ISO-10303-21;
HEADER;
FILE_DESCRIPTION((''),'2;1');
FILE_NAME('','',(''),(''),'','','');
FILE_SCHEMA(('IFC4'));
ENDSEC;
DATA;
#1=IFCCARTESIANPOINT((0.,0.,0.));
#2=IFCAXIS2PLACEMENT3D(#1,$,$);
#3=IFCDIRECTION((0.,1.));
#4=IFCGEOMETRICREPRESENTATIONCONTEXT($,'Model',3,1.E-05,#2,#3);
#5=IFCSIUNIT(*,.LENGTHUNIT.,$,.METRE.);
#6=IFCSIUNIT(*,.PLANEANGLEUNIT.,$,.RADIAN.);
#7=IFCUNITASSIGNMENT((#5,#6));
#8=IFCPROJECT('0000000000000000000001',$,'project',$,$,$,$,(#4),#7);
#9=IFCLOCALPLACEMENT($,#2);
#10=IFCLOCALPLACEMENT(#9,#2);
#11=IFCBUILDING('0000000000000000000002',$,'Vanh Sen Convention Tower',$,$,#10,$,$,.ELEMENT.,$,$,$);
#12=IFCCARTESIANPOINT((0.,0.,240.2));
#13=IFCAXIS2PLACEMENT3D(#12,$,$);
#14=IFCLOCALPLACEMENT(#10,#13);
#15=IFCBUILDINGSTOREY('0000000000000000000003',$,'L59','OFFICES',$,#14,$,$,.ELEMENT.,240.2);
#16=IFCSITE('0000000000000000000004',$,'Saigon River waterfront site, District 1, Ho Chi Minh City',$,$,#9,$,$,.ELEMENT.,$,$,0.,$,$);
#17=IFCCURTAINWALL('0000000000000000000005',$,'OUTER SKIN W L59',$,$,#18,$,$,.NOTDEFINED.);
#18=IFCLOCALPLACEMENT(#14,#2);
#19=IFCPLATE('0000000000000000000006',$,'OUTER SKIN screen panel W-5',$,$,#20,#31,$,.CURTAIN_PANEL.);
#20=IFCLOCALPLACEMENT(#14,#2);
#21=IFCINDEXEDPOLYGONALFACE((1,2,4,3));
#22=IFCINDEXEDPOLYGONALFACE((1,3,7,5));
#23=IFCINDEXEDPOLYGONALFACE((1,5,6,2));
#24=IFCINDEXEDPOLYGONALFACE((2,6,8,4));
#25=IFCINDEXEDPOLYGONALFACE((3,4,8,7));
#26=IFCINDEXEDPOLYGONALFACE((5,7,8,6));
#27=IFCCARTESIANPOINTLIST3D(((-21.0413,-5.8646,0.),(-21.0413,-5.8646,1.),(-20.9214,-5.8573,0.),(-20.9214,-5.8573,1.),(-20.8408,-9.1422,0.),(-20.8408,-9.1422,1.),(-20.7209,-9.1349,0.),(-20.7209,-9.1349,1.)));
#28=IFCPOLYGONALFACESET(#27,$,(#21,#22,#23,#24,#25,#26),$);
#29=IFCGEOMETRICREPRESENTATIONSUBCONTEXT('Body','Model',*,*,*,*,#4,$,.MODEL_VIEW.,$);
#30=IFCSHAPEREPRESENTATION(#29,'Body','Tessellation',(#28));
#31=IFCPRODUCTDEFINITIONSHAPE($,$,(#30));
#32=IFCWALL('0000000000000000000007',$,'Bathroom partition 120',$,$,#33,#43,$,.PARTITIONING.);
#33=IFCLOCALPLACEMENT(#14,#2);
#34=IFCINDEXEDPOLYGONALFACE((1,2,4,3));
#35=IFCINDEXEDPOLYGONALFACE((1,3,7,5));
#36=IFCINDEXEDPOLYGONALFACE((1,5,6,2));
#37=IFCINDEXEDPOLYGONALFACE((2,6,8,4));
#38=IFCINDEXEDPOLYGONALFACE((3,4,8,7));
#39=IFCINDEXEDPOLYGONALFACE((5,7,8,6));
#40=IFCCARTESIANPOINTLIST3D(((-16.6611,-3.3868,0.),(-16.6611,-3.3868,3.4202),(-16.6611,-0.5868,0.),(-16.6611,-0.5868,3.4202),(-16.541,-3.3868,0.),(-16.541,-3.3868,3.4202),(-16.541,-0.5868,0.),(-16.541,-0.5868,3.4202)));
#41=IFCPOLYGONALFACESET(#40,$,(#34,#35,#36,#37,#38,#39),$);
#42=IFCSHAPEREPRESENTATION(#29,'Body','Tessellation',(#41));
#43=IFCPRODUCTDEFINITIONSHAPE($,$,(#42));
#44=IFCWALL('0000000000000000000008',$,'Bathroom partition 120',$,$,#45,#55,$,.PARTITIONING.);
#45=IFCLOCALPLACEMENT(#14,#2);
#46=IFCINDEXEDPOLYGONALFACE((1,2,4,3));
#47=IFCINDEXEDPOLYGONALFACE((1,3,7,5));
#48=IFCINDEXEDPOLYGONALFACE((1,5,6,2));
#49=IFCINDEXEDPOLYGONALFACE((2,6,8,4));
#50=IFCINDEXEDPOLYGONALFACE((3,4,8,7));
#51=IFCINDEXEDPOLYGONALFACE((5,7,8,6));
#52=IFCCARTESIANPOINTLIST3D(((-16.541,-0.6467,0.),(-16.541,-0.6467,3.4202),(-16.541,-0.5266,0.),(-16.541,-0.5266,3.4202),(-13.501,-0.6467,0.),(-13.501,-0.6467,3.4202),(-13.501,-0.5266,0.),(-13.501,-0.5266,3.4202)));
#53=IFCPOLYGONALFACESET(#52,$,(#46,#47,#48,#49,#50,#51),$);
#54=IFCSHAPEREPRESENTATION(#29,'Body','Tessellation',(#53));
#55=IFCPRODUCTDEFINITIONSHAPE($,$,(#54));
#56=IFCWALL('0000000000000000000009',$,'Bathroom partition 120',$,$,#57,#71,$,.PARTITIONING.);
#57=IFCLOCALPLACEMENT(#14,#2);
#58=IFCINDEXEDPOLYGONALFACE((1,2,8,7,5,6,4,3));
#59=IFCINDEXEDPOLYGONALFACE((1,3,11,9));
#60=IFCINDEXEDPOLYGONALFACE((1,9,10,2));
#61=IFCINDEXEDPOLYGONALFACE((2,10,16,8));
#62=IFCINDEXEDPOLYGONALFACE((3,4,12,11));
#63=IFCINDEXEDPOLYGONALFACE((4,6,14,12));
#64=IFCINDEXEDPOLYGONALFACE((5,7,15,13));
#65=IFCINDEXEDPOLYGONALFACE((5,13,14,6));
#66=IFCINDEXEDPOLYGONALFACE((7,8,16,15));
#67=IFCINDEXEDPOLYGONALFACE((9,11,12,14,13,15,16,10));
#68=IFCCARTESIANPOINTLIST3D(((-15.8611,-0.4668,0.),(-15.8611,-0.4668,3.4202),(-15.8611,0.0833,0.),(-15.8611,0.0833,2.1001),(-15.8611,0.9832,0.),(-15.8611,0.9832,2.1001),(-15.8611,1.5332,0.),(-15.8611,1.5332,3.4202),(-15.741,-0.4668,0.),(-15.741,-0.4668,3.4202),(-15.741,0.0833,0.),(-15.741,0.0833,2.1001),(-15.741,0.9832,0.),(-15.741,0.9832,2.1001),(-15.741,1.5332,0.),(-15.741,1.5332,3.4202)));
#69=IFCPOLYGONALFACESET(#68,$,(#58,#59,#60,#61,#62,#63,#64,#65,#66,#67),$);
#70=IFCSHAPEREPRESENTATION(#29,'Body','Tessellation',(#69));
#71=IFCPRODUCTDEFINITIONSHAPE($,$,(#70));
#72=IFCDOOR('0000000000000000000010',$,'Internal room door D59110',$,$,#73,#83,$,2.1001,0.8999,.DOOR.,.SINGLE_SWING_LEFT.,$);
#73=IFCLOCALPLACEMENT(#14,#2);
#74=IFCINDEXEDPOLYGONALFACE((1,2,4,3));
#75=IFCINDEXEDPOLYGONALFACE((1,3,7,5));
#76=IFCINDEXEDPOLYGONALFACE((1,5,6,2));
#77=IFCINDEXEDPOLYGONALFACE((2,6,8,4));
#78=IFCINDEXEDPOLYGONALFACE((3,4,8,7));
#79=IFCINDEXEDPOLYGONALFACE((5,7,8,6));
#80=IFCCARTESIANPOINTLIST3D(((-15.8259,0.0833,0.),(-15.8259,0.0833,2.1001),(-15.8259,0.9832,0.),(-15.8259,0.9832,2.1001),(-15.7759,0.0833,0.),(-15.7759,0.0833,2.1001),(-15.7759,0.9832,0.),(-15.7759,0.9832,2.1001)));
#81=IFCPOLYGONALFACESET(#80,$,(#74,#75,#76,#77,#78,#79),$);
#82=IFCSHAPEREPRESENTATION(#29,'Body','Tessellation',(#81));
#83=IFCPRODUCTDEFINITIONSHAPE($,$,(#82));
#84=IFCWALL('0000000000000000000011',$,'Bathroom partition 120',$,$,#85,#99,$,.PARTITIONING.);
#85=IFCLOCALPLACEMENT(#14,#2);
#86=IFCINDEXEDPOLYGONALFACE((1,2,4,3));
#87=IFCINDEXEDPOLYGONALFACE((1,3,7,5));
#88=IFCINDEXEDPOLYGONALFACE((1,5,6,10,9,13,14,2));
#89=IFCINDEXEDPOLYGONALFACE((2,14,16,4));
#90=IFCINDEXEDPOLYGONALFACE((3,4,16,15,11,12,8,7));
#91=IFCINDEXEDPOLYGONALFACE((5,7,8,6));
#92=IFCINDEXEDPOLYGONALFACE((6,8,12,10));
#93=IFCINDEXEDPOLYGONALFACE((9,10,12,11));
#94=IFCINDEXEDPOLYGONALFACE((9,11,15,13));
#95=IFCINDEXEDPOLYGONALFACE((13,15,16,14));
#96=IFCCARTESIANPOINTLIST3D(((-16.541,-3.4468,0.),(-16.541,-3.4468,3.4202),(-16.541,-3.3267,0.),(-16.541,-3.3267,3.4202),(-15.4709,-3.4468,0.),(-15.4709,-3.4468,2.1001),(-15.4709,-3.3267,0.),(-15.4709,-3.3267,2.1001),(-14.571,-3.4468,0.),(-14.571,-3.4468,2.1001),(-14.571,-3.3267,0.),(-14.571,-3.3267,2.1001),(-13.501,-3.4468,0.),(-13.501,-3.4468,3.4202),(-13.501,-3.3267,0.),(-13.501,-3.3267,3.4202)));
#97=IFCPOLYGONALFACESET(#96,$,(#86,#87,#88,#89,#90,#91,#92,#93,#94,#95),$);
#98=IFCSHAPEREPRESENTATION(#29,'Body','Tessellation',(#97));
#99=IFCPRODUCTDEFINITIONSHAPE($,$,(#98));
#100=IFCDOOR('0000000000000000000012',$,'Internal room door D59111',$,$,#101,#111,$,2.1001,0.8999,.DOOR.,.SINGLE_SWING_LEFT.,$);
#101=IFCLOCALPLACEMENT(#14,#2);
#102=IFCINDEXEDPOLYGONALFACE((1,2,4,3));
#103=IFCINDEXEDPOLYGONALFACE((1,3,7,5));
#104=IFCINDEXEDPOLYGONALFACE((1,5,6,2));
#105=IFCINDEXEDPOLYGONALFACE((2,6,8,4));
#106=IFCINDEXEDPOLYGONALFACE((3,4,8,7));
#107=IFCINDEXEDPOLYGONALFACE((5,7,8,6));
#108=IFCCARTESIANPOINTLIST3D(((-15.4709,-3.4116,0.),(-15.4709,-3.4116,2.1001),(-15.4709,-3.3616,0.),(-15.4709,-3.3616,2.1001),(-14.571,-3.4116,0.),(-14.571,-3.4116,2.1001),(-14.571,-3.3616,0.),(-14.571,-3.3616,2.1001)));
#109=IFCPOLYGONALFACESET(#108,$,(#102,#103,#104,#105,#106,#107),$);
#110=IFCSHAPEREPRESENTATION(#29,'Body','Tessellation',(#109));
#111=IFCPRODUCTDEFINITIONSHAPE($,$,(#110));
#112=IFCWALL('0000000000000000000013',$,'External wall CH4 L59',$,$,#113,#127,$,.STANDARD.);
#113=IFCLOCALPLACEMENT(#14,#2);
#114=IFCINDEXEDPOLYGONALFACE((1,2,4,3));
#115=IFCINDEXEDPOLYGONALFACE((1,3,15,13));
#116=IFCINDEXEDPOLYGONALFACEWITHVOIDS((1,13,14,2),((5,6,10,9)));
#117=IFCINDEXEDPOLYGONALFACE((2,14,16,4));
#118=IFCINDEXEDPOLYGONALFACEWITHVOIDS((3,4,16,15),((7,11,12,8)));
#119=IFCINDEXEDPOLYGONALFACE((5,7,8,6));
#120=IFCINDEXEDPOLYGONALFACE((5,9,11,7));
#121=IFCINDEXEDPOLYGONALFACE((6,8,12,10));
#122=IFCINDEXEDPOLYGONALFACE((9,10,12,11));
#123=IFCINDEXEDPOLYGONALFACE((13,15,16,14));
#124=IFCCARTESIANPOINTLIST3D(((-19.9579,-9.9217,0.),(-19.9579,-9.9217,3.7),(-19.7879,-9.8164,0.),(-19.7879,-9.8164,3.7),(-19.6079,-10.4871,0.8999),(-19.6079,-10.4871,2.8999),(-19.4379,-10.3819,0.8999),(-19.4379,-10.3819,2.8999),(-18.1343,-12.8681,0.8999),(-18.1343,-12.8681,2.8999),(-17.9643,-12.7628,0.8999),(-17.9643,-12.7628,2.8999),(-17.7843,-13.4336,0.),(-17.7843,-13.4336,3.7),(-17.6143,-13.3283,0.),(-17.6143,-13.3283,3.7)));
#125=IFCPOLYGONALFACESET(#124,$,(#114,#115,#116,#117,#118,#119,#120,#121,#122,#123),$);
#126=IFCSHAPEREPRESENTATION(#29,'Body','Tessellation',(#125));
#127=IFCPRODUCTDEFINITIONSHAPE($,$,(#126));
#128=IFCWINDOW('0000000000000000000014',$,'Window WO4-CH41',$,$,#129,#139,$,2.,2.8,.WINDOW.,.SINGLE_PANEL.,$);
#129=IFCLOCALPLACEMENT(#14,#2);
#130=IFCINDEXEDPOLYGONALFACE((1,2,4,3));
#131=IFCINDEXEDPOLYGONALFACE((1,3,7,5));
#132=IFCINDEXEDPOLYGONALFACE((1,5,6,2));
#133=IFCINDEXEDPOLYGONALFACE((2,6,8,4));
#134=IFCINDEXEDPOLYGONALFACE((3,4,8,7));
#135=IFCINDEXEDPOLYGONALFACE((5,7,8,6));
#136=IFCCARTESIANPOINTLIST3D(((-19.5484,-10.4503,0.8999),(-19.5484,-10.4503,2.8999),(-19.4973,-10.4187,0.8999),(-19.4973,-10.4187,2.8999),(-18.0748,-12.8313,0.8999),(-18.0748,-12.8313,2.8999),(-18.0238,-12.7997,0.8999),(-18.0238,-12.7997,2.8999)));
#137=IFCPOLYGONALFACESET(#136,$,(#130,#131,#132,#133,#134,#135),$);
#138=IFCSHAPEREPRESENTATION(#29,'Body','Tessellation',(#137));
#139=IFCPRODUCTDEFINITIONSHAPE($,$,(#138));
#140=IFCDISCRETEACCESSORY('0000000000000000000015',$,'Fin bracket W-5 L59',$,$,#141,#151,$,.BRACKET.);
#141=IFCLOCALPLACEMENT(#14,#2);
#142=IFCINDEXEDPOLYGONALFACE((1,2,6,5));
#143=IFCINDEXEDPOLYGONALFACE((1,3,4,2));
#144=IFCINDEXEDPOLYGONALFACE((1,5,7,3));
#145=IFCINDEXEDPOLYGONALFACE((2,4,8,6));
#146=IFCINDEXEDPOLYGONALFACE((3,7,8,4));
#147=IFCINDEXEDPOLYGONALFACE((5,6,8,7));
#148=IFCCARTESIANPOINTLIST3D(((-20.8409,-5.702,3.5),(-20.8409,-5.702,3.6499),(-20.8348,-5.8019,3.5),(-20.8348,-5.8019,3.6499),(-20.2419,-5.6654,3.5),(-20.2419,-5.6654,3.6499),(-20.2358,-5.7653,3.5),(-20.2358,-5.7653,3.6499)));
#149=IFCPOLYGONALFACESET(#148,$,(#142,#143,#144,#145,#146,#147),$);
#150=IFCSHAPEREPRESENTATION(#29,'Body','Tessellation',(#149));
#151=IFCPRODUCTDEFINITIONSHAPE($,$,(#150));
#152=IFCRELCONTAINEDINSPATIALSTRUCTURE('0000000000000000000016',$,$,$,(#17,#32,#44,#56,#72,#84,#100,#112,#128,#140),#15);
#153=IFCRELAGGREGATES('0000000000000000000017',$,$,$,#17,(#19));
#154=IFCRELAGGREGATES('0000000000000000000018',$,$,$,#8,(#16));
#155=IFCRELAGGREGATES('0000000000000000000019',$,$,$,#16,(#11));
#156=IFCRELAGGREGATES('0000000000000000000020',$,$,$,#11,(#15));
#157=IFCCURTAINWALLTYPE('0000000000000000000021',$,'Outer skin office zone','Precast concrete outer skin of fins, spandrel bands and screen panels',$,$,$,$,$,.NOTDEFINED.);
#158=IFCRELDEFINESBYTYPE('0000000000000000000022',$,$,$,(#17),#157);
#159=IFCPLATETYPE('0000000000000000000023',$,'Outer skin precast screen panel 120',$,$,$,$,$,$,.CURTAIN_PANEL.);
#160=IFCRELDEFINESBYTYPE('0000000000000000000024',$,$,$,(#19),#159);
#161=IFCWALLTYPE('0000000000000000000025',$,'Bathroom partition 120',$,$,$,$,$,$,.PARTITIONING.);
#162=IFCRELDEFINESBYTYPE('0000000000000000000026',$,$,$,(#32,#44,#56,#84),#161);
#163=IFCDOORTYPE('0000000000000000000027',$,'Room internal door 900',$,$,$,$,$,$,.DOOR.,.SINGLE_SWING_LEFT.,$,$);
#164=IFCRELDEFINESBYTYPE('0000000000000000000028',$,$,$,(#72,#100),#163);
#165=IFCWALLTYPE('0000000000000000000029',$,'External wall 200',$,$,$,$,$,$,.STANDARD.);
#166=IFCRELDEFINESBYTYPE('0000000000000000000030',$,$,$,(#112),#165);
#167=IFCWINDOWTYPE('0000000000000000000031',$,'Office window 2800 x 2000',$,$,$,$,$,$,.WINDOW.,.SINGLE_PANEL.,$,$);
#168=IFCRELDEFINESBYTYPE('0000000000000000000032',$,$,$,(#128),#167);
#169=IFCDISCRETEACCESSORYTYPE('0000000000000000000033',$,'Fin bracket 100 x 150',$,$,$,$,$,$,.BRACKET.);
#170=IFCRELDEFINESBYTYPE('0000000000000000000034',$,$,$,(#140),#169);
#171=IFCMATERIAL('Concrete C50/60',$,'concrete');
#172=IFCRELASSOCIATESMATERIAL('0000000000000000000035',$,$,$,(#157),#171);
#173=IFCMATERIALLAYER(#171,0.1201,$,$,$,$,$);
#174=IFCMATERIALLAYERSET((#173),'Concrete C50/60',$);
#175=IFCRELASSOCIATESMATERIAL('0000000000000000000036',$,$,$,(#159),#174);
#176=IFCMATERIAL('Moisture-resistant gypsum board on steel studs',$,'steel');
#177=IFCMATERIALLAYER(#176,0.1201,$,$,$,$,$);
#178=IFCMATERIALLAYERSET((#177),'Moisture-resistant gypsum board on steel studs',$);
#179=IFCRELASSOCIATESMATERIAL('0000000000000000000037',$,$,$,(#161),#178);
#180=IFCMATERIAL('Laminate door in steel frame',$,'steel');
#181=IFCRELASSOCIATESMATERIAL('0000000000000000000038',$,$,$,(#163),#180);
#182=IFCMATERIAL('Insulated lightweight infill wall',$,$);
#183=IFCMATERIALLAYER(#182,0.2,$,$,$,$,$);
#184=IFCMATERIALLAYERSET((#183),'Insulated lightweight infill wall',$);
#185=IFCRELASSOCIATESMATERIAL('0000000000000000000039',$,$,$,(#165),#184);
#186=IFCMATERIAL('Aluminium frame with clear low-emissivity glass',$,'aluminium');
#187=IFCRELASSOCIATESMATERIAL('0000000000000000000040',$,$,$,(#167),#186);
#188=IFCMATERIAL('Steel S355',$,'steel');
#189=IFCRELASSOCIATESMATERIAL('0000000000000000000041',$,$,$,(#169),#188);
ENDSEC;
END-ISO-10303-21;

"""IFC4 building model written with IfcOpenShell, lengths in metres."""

from ifc_helpers import new_model, si_unit, direction, frame, frame_2d, origin, origin_2d, place, context, subcontext, project, spatial, rectangle, extrude, material, layer, layer_set, type_object, element, fill, aggregate, save


model = new_model("IFC4")

# Units and contexts
model_context = context("Model", 3, precision=1e-05, world=origin(), true_north=direction((0.0, 1.0)))
body_context = subcontext(model_context, "Body", "Model", "MODEL_VIEW")
ifc_project = project(units=[si_unit("LENGTHUNIT", "METRE"), si_unit("PLANEANGLEUNIT", "RADIAN")], contexts=[model_context])

# Site, building, storey
site_placement = place(None, origin())
site = spatial("IfcSite", under=ifc_project, at=site_placement, Name="Saigon River waterfront site, District 1, Ho Chi Minh City", CompositionType="ELEMENT", RefElevation=0.0)
building_placement = place(site_placement, origin())
building = spatial("IfcBuilding", under=site, at=building_placement, Name="Vanh Sen Convention Tower", CompositionType="ELEMENT")
storey_placement = place(building_placement, frame((0.0, 0.0, 240.2)))
storey = spatial("IfcBuildingStorey", under=building, at=storey_placement, Name="L59", Description="OFFICES", CompositionType="ELEMENT", Elevation=240.2)

# Curtain wall
ifc_material_1 = material(Name="Concrete C50/60", Category="concrete")
curtain_wall_type = type_object("IfcCurtainWallType", Name="Outer skin office zone", Description="Precast concrete outer skin of fins, spandrel bands and screen panels", PredefinedType="NOTDEFINED", material=ifc_material_1)
curtain_wall_1_placement = place(storey_placement, origin())
curtain_wall_1 = element("IfcCurtainWall", 1, at=curtain_wall_1_placement, inside=storey, type_object=curtain_wall_type, Name="OUTER SKIN W L59", PredefinedType="NOTDEFINED")

# Plate
ifc_layer_1 = layer(ifc_material_1, 0.1201)
ifc_layer_set_1 = layer_set([ifc_layer_1], Name="Concrete C50/60")
plate_type = type_object("IfcPlateType", Name="Outer skin precast screen panel 120", PredefinedType="CURTAIN_PANEL", material=ifc_layer_set_1)
plate_1_placement = place(storey_placement, frame((-20.8811, -7.4998, 0.0), z_axis=(0.0, 0.0, 1.0), x_axis=(0.061069, -0.998134, 0.0)))
plate_1 = element("IfcPlate", 2, at=plate_1_placement, type_object=plate_type, Name="OUTER SKIN screen panel W-5", PredefinedType="CURTAIN_PANEL", context=body_context, shape_type="SweptSolid", body=[
    extrude(rectangle(XDim=3.2837, YDim=0.1201, at=origin_2d()), origin(), (0.0, 0.0, 1.0), 1.0),
])
aggregate(curtain_wall_1, [plate_1])

# Walls
ifc_material_2 = material(Name="Moisture-resistant gypsum board on steel studs", Category="steel")
ifc_layer_2 = layer(ifc_material_2, 0.1201)
ifc_layer_set_2 = layer_set([ifc_layer_2], Name="Moisture-resistant gypsum board on steel studs")
wall_type_1 = type_object("IfcWallType", Name="Bathroom partition 120", PredefinedType="PARTITIONING", material=ifc_layer_set_2)
wall_1_placement = place(storey_placement, frame((-16.6011, -3.3867, 0.0), z_axis=(0.0, 0.0, 1.0), x_axis=(0.0, 1.0, 0.0)))
element("IfcWall", 3, at=wall_1_placement, inside=storey, type_object=wall_type_1, Name="Bathroom partition 120", PredefinedType="PARTITIONING", context=body_context, shape_type="SweptSolid", body=[
    extrude(rectangle(XDim=2.8, YDim=0.1201, at=frame_2d((1.3999, 0.0))), origin(), (0.0, 0.0, 1.0), 3.4202),
])
wall_2_placement = place(storey_placement, frame((-16.541, -0.5867, 0.0), z_axis=(0.0, 0.0, 1.0), x_axis=(1.0, 0.0, 0.0)))
element("IfcWall", 4, at=wall_2_placement, inside=storey, type_object=wall_type_1, Name="Bathroom partition 120", PredefinedType="PARTITIONING", context=body_context, shape_type="SweptSolid", body=[
    extrude(rectangle(XDim=3.04, YDim=0.1201, at=frame_2d((1.52, 0.0))), origin(), (0.0, 0.0, 1.0), 3.4202),
])

# Walls, openings, doors
wall_3_placement = place(storey_placement, frame((-15.801, -0.4668, 0.0), z_axis=(0.0, 0.0, 1.0), x_axis=(0.0, 1.0, 0.0)))
wall_3 = element("IfcWall", 5, at=wall_3_placement, inside=storey, type_object=wall_type_1, Name="Bathroom partition 120", PredefinedType="PARTITIONING", context=body_context, shape_type="SweptSolid", body=[
    extrude(rectangle(XDim=2.0, YDim=0.1201, at=frame_2d((1.0, 0.0))), origin(), (0.0, 0.0, 1.0), 3.4202),
])
opening_1_placement = place(wall_3_placement, frame((0.55, 0.0, 0.0)))
opening_1 = element("IfcOpeningElement", 6, at=opening_1_placement, cuts=wall_3, PredefinedType="OPENING", context=body_context, shape_type="SweptSolid", body=[
    extrude(rectangle(XDim=0.8999, YDim=2.1001, at=frame_2d((0.45, 1.05))), frame((0.0, 0.0701, 0.0), z_axis=(0.0, -1.0, 0.0), x_axis=(1.0, 0.0, 0.0)), (0.0, 0.0, 1.0), 0.1401),
])
ifc_material_3 = material(Name="Laminate door in steel frame", Category="steel")
door_type = type_object("IfcDoorType", Name="Room internal door 900", OperationType="SINGLE_SWING_LEFT", PredefinedType="DOOR", material=ifc_material_3)
door_1_placement = place(opening_1_placement, origin())
door_1 = element("IfcDoor", 7, at=door_1_placement, inside=storey, type_object=door_type, Name="Internal room door D59110", OperationType="SINGLE_SWING_LEFT", OverallHeight=2.1001, OverallWidth=0.8999, PredefinedType="DOOR", context=body_context, shape_type="SweptSolid", body=[
    extrude(rectangle(XDim=0.8999, YDim=2.1001, at=frame_2d((0.45, 1.05))), frame((0.0, 0.0249, 0.0), z_axis=(0.0, -1.0, 0.0), x_axis=(1.0, 0.0, 0.0)), (0.0, 0.0, 1.0), 0.05),
])
fill(opening_1, door_1)
wall_4_placement = place(storey_placement, frame((-13.501, -3.3867, 0.0), z_axis=(0.0, 0.0, 1.0), x_axis=(-1.0, 0.0, 0.0)))
wall_4 = element("IfcWall", 8, at=wall_4_placement, inside=storey, type_object=wall_type_1, Name="Bathroom partition 120", PredefinedType="PARTITIONING", context=body_context, shape_type="SweptSolid", body=[
    extrude(rectangle(XDim=3.04, YDim=0.1201, at=frame_2d((1.52, 0.0))), origin(), (0.0, 0.0, 1.0), 3.4202),
])
opening_2_placement = place(wall_4_placement, frame((1.0701, 0.0, 0.0)))
opening_2 = element("IfcOpeningElement", 9, at=opening_2_placement, cuts=wall_4, PredefinedType="OPENING", context=body_context, shape_type="SweptSolid", body=[
    extrude(rectangle(XDim=0.8999, YDim=2.1001, at=frame_2d((0.45, 1.05))), frame((0.0, 0.0701, 0.0), z_axis=(0.0, -1.0, 0.0), x_axis=(1.0, 0.0, 0.0)), (0.0, 0.0, 1.0), 0.1401),
])
door_2_placement = place(opening_2_placement, origin())
door_2 = element("IfcDoor", 10, at=door_2_placement, inside=storey, type_object=door_type, Name="Internal room door D59111", OperationType="SINGLE_SWING_LEFT", OverallHeight=2.1001, OverallWidth=0.8999, PredefinedType="DOOR", context=body_context, shape_type="SweptSolid", body=[
    extrude(rectangle(XDim=0.8999, YDim=2.1001, at=frame_2d((0.45, 1.05))), frame((0.0, 0.0249, 0.0), z_axis=(0.0, -1.0, 0.0), x_axis=(1.0, 0.0, 0.0)), (0.0, 0.0, 1.0), 0.05),
])
fill(opening_2, door_2)

# Wall, opening, window
ifc_material_4 = material(Name="Insulated lightweight infill wall")
ifc_layer_3 = layer(ifc_material_4, 0.2)
ifc_layer_set_3 = layer_set([ifc_layer_3], Name="Insulated lightweight infill wall")
wall_type_2 = type_object("IfcWallType", Name="External wall 200", PredefinedType="STANDARD", material=ifc_layer_set_3)
wall_5_placement = place(storey_placement, frame((-19.8728, -9.8691, 0.0), z_axis=(0.0, 0.0, 1.0), x_axis=(0.526269, -0.850318, 0.0)))
wall_5 = element("IfcWall", 11, at=wall_5_placement, inside=storey, type_object=wall_type_2, Name="External wall CH4 L59", PredefinedType="STANDARD", context=body_context, shape_type="SweptSolid", body=[
    extrude(rectangle(XDim=4.1301, YDim=0.2, at=frame_2d((2.0649, 0.0))), origin(), (0.0, 0.0, 1.0), 3.7),
])
opening_3_placement = place(wall_5_placement, frame((0.665, 0.0, 0.8999)))
opening_3 = element("IfcOpeningElement", 12, at=opening_3_placement, cuts=wall_5, PredefinedType="OPENING", context=body_context, shape_type="SweptSolid", body=[
    extrude(rectangle(XDim=2.8, YDim=2.0, at=frame_2d((1.3999, 1.0))), frame((0.0, 0.1099, 0.0), z_axis=(0.0, -1.0, 0.0), x_axis=(1.0, 0.0, 0.0)), (0.0, 0.0, 1.0), 0.22),
])
ifc_material_5 = material(Name="Aluminium frame with clear low-emissivity glass", Category="aluminium")
window_type = type_object("IfcWindowType", Name="Office window 2800 x 2000", PartitioningType="SINGLE_PANEL", PredefinedType="WINDOW", material=ifc_material_5)
window_placement = place(opening_3_placement, origin())
window = element("IfcWindow", 13, at=window_placement, inside=storey, type_object=window_type, Name="Window WO4-CH41", OverallHeight=2.0, OverallWidth=2.8, PartitioningType="SINGLE_PANEL", PredefinedType="WINDOW", context=body_context, shape_type="SweptSolid", body=[
    extrude(rectangle(XDim=2.8, YDim=2.0, at=frame_2d((1.3999, 1.0))), frame((0.0, 0.03, 0.0), z_axis=(0.0, -1.0, 0.0), x_axis=(1.0, 0.0, 0.0)), (0.0, 0.0, 1.0), 0.0601),
])
fill(opening_3, window)

# Discrete accessory
ifc_material_6 = material(Name="Steel S355", Category="steel")
discrete_accessory_type = type_object("IfcDiscreteAccessoryType", Name="Fin bracket 100 x 150", PredefinedType="BRACKET", material=ifc_material_6)
discrete_accessory_placement = place(storey_placement, frame((-20.5383, -5.7336, 3.5), z_axis=(0.0, 0.0, 1.0), x_axis=(-0.998135, -0.061049, 0.0)))
element("IfcDiscreteAccessory", 14, at=discrete_accessory_placement, inside=storey, type_object=discrete_accessory_type, Name="Fin bracket W-5 L59", PredefinedType="BRACKET", context=body_context, shape_type="SweptSolid", body=[
    extrude(rectangle(XDim=0.6001, YDim=0.1001, at=origin_2d()), origin(), (0.0, 0.0, 1.0), 0.1499),
])

save(model, "model.ifc")
